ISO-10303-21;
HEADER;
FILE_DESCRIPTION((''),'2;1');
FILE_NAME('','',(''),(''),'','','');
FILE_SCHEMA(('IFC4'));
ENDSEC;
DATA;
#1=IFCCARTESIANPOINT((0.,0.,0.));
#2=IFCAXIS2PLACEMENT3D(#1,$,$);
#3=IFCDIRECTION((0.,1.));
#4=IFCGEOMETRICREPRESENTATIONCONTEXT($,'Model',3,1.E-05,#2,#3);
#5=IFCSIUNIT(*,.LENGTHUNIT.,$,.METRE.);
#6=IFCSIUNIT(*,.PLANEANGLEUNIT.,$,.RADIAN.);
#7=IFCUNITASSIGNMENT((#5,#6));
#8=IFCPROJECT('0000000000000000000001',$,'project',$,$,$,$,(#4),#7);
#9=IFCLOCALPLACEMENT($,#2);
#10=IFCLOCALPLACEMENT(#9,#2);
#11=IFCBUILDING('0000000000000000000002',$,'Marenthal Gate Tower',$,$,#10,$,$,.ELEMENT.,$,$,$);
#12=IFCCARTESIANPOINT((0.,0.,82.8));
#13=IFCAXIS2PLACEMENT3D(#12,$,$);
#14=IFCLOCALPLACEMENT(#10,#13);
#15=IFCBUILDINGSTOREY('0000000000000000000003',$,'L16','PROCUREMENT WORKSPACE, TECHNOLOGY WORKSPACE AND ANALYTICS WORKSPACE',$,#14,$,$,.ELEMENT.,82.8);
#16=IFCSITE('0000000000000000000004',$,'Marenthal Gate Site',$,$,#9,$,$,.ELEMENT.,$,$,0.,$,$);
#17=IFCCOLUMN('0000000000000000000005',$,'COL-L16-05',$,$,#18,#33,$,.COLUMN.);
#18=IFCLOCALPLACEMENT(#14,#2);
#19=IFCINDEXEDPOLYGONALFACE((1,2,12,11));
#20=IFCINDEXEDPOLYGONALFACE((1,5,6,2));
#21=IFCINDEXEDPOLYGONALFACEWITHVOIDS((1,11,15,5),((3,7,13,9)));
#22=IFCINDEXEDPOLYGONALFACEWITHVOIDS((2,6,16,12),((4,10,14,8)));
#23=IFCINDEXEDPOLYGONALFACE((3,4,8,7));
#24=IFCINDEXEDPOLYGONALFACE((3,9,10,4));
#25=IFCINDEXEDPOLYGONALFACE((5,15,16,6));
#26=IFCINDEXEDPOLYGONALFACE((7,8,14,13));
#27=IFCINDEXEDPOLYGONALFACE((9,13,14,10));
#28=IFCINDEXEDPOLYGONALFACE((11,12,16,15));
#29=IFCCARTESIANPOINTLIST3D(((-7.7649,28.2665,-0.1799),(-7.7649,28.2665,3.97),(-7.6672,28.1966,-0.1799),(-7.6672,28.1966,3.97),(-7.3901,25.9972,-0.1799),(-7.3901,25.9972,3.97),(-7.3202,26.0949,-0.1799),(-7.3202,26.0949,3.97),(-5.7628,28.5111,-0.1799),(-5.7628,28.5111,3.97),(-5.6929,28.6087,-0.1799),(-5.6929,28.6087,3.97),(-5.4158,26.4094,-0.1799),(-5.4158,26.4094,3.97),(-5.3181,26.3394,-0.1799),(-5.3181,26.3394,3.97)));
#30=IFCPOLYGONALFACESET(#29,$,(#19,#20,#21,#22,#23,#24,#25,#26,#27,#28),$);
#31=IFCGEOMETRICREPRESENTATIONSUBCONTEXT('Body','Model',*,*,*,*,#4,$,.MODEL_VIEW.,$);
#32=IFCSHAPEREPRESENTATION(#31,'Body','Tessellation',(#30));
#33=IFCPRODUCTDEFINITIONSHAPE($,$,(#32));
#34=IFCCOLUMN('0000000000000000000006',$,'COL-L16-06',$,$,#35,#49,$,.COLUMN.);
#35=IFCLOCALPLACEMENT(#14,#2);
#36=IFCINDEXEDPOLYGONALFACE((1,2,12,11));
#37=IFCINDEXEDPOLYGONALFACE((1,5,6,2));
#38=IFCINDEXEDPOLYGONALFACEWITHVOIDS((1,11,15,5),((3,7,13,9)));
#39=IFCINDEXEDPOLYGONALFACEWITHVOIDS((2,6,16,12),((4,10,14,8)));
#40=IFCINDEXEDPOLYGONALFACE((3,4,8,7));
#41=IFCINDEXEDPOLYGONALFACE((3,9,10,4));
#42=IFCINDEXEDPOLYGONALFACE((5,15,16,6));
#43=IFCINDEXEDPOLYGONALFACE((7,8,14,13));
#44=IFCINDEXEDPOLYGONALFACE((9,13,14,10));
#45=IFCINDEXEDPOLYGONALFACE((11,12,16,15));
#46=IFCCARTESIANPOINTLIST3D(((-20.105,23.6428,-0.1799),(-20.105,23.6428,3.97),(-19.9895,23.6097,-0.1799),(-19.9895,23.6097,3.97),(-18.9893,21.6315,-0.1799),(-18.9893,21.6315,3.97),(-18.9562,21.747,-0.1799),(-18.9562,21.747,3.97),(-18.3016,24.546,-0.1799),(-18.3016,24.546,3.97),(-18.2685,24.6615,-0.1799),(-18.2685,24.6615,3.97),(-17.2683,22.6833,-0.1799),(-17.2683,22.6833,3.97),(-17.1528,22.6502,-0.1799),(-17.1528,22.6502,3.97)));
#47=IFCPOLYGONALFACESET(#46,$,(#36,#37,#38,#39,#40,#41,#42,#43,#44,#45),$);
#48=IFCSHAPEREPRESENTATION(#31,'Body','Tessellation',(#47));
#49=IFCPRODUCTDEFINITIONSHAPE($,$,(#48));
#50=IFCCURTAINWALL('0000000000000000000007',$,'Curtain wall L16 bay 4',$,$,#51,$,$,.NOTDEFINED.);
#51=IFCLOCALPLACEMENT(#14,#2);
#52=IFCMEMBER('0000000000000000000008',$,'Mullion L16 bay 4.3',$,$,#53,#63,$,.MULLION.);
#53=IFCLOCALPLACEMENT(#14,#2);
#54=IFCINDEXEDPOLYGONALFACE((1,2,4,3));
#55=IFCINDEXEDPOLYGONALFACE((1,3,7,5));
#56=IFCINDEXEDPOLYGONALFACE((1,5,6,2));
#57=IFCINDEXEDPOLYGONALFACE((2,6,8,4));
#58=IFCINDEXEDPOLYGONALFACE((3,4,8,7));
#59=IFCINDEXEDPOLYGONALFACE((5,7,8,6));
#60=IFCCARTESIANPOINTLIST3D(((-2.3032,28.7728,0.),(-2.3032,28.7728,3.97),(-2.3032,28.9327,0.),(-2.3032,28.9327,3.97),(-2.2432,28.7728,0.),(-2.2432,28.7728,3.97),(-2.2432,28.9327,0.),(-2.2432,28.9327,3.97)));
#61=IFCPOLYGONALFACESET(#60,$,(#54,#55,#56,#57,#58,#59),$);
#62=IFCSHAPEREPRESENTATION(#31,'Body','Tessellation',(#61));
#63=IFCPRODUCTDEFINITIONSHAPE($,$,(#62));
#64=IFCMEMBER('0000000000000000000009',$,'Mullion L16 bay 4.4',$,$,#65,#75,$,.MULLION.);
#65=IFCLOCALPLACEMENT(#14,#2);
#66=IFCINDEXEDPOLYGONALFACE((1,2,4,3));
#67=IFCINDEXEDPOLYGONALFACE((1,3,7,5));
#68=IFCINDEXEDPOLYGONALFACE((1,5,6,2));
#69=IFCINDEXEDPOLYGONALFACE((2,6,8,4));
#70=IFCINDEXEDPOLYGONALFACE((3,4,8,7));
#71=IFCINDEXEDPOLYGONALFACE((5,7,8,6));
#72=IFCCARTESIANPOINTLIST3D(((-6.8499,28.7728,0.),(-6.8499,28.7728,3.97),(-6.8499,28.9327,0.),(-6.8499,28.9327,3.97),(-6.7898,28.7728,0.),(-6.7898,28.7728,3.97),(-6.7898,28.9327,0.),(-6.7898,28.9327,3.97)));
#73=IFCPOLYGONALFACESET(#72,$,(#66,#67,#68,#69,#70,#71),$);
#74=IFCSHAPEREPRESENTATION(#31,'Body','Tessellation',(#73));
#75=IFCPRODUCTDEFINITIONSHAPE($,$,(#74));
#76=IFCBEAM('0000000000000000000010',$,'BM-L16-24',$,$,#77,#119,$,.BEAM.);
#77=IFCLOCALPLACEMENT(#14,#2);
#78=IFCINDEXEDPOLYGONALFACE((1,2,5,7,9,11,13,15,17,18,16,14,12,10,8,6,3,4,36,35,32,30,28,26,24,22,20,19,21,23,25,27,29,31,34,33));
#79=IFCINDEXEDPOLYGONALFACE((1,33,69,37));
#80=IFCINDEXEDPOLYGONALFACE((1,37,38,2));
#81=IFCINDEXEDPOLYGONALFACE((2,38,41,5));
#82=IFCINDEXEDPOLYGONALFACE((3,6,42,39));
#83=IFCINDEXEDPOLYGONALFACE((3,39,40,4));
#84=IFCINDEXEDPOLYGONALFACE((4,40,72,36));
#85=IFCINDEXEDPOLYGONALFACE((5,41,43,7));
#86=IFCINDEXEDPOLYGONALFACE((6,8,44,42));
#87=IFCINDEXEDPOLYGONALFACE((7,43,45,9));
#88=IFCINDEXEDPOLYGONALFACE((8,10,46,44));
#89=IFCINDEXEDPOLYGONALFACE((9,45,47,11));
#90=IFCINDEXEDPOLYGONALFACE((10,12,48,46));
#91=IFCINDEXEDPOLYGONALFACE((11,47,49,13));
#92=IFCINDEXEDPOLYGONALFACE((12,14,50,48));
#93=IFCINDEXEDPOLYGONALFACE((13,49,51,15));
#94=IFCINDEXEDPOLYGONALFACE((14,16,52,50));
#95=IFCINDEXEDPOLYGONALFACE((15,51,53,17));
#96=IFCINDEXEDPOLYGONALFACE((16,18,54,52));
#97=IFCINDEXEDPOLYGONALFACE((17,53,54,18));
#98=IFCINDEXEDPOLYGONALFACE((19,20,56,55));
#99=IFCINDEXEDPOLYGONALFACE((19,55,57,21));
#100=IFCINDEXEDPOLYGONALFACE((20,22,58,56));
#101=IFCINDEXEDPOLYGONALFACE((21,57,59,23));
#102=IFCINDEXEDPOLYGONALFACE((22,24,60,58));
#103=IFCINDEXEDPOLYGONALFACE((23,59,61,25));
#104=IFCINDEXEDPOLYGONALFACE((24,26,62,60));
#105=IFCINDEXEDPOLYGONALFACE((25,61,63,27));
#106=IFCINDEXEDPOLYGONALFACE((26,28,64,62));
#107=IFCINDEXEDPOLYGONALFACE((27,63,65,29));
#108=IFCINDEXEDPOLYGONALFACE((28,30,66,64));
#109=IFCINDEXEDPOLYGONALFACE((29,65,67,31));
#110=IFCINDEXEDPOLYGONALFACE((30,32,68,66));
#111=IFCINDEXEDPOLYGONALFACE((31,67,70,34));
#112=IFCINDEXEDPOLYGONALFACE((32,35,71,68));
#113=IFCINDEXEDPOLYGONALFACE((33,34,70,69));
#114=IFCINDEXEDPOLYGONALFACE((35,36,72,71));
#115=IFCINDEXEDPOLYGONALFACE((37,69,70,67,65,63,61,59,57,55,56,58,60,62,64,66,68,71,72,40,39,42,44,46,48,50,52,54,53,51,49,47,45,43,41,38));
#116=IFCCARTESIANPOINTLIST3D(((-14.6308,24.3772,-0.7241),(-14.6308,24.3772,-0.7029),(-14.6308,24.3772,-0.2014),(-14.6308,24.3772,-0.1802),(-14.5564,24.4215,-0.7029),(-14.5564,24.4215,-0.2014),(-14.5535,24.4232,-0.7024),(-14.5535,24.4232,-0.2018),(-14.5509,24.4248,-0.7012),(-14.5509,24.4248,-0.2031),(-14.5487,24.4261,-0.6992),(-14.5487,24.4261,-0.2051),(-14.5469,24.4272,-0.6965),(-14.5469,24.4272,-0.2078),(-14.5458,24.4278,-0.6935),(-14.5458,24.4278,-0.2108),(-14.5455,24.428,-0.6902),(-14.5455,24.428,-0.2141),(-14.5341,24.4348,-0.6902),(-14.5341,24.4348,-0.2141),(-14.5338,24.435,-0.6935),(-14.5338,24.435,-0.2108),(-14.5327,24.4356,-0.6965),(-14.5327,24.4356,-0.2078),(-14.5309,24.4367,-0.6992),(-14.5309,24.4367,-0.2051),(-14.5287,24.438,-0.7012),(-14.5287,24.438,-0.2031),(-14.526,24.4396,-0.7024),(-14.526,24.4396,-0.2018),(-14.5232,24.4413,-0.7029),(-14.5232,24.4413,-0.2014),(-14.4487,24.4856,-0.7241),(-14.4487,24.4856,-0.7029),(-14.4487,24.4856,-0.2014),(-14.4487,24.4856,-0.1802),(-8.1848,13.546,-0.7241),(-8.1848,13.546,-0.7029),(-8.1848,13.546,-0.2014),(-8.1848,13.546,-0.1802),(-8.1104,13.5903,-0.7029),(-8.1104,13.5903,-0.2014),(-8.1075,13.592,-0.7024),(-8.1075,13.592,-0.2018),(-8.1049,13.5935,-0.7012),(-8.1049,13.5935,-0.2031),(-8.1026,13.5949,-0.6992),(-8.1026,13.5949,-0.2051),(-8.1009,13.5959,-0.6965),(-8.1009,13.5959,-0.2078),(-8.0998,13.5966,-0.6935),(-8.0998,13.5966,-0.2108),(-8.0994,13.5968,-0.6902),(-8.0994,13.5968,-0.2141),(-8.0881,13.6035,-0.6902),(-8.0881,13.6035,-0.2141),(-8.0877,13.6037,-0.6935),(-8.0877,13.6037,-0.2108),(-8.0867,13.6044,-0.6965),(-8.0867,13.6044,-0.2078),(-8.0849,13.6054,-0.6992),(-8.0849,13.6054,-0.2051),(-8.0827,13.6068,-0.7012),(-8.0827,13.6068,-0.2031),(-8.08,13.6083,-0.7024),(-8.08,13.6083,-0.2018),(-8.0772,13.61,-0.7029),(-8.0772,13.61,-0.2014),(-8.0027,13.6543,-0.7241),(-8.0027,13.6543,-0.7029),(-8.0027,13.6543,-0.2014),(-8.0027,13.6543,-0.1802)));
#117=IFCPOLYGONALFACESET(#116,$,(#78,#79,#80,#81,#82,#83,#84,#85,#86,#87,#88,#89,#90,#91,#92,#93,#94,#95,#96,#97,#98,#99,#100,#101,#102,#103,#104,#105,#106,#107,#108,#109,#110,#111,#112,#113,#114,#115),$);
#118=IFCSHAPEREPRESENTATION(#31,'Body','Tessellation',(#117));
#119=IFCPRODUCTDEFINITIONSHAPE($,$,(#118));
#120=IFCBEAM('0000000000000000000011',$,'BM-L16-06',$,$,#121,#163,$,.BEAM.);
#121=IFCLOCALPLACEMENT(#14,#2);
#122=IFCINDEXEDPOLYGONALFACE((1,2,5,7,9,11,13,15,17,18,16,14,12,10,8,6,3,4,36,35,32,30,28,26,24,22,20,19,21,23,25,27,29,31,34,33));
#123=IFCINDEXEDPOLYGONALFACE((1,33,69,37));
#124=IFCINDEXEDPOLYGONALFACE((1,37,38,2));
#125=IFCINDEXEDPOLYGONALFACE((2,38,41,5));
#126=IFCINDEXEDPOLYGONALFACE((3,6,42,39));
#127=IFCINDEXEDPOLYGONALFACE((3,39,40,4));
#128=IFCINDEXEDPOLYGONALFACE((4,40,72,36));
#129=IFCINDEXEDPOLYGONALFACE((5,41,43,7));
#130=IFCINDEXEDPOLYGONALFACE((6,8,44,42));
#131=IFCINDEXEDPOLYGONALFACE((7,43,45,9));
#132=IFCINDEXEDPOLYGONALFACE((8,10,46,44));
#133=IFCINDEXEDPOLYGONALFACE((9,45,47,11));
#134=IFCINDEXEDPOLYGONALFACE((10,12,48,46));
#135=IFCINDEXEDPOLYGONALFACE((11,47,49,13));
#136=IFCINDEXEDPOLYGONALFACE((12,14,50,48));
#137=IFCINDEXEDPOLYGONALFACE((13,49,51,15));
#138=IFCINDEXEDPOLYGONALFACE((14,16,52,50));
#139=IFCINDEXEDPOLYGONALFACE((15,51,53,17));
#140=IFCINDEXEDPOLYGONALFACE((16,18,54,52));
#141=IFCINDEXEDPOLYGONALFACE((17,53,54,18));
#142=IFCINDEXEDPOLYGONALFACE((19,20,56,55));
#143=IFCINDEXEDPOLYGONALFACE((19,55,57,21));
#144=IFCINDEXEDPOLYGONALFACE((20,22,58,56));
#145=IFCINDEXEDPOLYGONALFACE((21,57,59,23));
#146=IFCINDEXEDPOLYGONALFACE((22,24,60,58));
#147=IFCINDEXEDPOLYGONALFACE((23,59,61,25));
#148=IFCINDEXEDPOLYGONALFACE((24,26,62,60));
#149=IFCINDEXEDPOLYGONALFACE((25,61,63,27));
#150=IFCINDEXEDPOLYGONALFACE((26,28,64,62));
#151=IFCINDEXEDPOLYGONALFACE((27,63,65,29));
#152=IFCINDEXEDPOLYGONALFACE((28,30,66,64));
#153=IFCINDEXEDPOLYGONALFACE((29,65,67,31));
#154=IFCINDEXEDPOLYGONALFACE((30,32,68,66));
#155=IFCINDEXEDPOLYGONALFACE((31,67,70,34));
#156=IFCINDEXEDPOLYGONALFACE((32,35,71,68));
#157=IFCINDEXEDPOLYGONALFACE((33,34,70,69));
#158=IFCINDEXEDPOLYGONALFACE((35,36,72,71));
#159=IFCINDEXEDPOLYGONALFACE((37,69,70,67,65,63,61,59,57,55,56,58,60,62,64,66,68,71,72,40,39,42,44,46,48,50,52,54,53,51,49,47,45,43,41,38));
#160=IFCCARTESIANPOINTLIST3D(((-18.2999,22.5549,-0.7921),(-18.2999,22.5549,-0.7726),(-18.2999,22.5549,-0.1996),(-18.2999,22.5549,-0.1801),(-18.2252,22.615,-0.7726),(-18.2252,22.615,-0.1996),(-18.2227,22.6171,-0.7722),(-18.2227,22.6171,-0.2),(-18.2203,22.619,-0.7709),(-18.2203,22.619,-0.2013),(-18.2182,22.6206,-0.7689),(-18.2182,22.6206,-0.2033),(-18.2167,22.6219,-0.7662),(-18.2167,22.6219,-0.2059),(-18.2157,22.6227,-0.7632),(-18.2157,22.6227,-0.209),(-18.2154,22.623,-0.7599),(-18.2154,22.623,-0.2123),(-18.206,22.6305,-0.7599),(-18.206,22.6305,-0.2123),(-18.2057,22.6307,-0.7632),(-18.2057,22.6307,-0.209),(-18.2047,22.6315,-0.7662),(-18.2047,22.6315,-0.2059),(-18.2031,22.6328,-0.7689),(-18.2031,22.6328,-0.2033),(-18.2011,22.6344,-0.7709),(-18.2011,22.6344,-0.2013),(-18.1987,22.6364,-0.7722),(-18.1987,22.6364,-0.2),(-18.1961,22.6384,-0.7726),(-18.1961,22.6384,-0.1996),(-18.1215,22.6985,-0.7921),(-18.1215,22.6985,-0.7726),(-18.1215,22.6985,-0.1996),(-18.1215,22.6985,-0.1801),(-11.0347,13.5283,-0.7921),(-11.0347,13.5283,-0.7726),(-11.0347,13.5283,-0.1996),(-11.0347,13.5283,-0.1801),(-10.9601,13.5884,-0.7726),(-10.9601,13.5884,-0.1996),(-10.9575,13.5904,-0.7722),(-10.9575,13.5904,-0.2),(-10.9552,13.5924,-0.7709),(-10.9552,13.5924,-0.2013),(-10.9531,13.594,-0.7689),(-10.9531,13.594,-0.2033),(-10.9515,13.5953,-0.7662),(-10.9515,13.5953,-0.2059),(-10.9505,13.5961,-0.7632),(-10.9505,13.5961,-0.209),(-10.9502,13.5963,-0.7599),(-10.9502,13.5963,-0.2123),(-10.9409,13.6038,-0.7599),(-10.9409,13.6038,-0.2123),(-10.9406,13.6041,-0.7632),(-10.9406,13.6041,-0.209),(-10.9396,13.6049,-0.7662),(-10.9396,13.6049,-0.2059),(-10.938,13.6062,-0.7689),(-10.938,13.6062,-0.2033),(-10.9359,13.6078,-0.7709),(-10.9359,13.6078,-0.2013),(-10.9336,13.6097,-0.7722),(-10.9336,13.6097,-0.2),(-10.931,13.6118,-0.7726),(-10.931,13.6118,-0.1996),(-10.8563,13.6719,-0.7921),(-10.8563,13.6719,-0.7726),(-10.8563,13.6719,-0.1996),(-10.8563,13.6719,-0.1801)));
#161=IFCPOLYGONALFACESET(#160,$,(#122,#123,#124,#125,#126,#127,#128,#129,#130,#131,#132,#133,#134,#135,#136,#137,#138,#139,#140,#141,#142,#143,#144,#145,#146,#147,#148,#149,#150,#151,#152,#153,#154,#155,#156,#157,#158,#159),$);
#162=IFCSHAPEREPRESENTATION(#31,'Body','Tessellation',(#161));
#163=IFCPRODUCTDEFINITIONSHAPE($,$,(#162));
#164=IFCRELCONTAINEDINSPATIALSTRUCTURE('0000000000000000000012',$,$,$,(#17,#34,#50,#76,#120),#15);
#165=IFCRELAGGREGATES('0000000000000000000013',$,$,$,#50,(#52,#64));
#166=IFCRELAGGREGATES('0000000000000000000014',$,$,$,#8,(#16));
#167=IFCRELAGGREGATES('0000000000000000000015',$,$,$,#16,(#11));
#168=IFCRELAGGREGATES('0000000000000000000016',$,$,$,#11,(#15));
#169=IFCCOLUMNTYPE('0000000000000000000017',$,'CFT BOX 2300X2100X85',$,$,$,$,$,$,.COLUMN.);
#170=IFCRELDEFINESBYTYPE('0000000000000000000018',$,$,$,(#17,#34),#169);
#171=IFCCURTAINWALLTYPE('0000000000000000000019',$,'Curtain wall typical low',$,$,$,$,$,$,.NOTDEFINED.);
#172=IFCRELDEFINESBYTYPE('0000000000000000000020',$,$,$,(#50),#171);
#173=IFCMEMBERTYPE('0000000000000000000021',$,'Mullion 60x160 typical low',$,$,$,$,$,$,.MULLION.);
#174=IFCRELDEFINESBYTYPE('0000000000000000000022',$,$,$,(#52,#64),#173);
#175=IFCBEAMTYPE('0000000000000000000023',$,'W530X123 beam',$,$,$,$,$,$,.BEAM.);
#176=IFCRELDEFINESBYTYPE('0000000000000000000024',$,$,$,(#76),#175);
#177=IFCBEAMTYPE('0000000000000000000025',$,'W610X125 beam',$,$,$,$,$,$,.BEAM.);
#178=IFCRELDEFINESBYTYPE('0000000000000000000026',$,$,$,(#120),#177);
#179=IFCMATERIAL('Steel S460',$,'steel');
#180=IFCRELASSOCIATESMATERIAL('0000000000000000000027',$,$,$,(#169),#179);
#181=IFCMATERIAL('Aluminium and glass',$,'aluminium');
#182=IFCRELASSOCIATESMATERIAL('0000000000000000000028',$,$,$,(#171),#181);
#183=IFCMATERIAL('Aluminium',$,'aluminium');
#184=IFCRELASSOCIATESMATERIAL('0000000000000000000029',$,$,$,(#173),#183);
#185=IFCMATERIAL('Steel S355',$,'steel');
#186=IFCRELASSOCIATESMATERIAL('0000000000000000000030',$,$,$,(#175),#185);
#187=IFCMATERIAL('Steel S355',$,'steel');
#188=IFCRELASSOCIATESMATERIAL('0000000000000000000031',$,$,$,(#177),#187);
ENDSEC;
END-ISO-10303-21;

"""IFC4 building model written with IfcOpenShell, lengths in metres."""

from ifc_helpers import new_model, si_unit, direction, frame, origin, origin_2d, place, context, subcontext, project, spatial, rectangle, hollow_rectangle, i_section, extrude, material, material_profile, profile_set, type_object, element, aggregate, save


model = new_model("IFC4")

# Units and contexts
model_context = context("Model", 3, precision=1e-05, world=origin(), true_north=direction((0.0, 1.0)))
body_context = subcontext(model_context, "Body", "Model", "MODEL_VIEW")
ifc_project = project(units=[si_unit("LENGTHUNIT", "METRE"), si_unit("PLANEANGLEUNIT", "RADIAN")], contexts=[model_context])

# Site, building, storey
site_placement = place(None, origin())
site = spatial("IfcSite", under=ifc_project, at=site_placement, Name="Marenthal Gate Site", CompositionType="ELEMENT", RefElevation=0.0)
building_placement = place(site_placement, origin())
building = spatial("IfcBuilding", under=site, at=building_placement, Name="Marenthal Gate Tower", CompositionType="ELEMENT")
storey_placement = place(building_placement, frame((0.0, 0.0, 82.8)))
storey = spatial("IfcBuildingStorey", under=building, at=storey_placement, Name="L16", Description="PROCUREMENT WORKSPACE, TECHNOLOGY WORKSPACE AND ANALYTICS WORKSPACE", CompositionType="ELEMENT", Elevation=82.8)

# Columns
ifc_material_1 = material(Name="Steel S460", Category="steel")
ifc_material_profile_1 = material_profile(ifc_material_1, hollow_rectangle(XDim=2.1001, YDim=2.3, WallThickness=0.085, at=origin_2d()), Name="CFT BOX 2300X2100X85")
ifc_material_2 = material(Name="Concrete 70 MPa", Category="concrete")
ifc_material_profile_2 = material_profile(ifc_material_2, rectangle(XDim=1.9299, YDim=2.1299, at=origin_2d()), Name="CFT BOX 2300X2100X85 INFILL")
ifc_profile_set_1 = profile_set([ifc_material_profile_1, ifc_material_profile_2], Name="Steel S460 shell, Concrete 70 MPa infill")
column_type = type_object("IfcColumnType", Name="CFT BOX 2300X2100X85", PredefinedType="COLUMN", material=ifc_profile_set_1)
for number, where, z_axis, x_axis, name in (
    (1, (-6.5415, 27.303, -0.1799), (0.0, 0.0, 1.0), (0.986637, 0.162933, 0.0), "COL-L16-05"),
    (2, (-18.6289, 23.1465, -0.1799), (0.0, 0.0, 1.0), (0.874462, 0.485094, 0.0), "COL-L16-06"),
):
    element("IfcColumn", number, at=place(storey_placement, frame(where, z_axis=z_axis, x_axis=x_axis)), inside=storey, type_object=column_type, Name=name, PredefinedType="COLUMN", context=body_context, shape_type="SweptSolid", body=[
        extrude(hollow_rectangle(XDim=2.1001, YDim=2.3, WallThickness=0.085, at=origin_2d()), origin(), (0.0, 0.0, 1.0), 4.1499),
    ])

# Curtain wall, members
ifc_material_3 = material(Name="Aluminium and glass", Category="aluminium")
curtain_wall_type = type_object("IfcCurtainWallType", Name="Curtain wall typical low", PredefinedType="NOTDEFINED", material=ifc_material_3)
curtain_wall_placement = place(storey_placement, origin())
curtain_wall = element("IfcCurtainWall", 3, at=curtain_wall_placement, inside=storey, type_object=curtain_wall_type, Name="Curtain wall L16 bay 4", PredefinedType="NOTDEFINED")
ifc_material_4 = material(Name="Aluminium", Category="aluminium")
ifc_material_profile_3 = material_profile(ifc_material_4, rectangle(XDim=0.1599, YDim=0.0601, at=origin_2d()), Name="60x160 aluminium mullion")
ifc_profile_set_2 = profile_set([ifc_material_profile_3], Name="Aluminium")
member_type = type_object("IfcMemberType", Name="Mullion 60x160 typical low", PredefinedType="MULLION", material=ifc_profile_set_2)
member_1_placement = place(storey_placement, frame((-2.2732, 28.8528, 0.0), z_axis=(0.0, 0.0, 1.0), x_axis=(0.0, -1.0, 0.0)))
member_1 = element("IfcMember", 4, at=member_1_placement, type_object=member_type, Name="Mullion L16 bay 4.3", PredefinedType="MULLION", context=body_context, shape_type="SweptSolid", body=[
    extrude(rectangle(XDim=0.1599, YDim=0.0601, at=origin_2d()), origin(), (0.0, 0.0, 1.0), 3.97),
])
member_2_placement = place(storey_placement, frame((-6.8198, 28.8528, 0.0), z_axis=(0.0, 0.0, 1.0), x_axis=(0.0, -1.0, 0.0)))
member_2 = element("IfcMember", 5, at=member_2_placement, type_object=member_type, Name="Mullion L16 bay 4.4", PredefinedType="MULLION", context=body_context, shape_type="SweptSolid", body=[
    extrude(rectangle(XDim=0.1599, YDim=0.0601, at=origin_2d()), origin(), (0.0, 0.0, 1.0), 3.97),
])

# Beams
ifc_material_5 = material(Name="Steel S355", Category="steel")
ifc_material_profile_4 = material_profile(ifc_material_5, i_section(OverallWidth=0.2119, OverallDepth=0.5439, WebThickness=0.0132, FlangeThickness=0.0212, FilletRadius=0.0127, at=origin_2d()), Name="W530X123")
ifc_profile_set_3 = profile_set([ifc_material_profile_4], Name="Steel S355")
beam_type_1 = type_object("IfcBeamType", Name="W530X123 beam", PredefinedType="BEAM", material=ifc_profile_set_3)
beam_1_placement = place(storey_placement, frame((-14.5398, 24.4314, -0.4521), z_axis=(0.511416, -0.859333, 0.0), x_axis=(0.859333, 0.511416, 0.0)))
element("IfcBeam", 6, at=beam_1_placement, inside=storey, type_object=beam_type_1, Name="BM-L16-24", PredefinedType="BEAM", context=body_context, shape_type="SweptSolid", body=[
    extrude(i_section(OverallWidth=0.2119, OverallDepth=0.5439, WebThickness=0.0132, FlangeThickness=0.0212, FilletRadius=0.0127, at=origin_2d()), origin(), (0.0, 0.0, 1.0), 12.6042),
])
ifc_material_6 = material(Name="Steel S355", Category="steel")
ifc_material_profile_5 = material_profile(ifc_material_6, i_section(OverallWidth=0.229, OverallDepth=0.6121, WebThickness=0.012, FlangeThickness=0.0195, FilletRadius=0.0127, at=origin_2d()), Name="W610X125")
ifc_profile_set_4 = profile_set([ifc_material_profile_5], Name="Steel S355")
beam_type_2 = type_object("IfcBeamType", Name="W610X125 beam", PredefinedType="BEAM", material=ifc_profile_set_4)
beam_2_placement = place(storey_placement, frame((-18.2107, 22.6267, -0.4861), z_axis=(0.627, -0.779019, 0.0), x_axis=(0.779019, 0.627, 0.0)))
element("IfcBeam", 7, at=beam_2_placement, inside=storey, type_object=beam_type_2, Name="BM-L16-06", PredefinedType="BEAM", context=body_context, shape_type="SweptSolid", body=[
    extrude(i_section(OverallWidth=0.229, OverallDepth=0.6121, WebThickness=0.012, FlangeThickness=0.0195, FilletRadius=0.0127, at=origin_2d()), origin(), (0.0, 0.0, 1.0), 11.5872),
])

aggregate(curtain_wall, [member_1, member_2])

save(model, "model.ifc")
